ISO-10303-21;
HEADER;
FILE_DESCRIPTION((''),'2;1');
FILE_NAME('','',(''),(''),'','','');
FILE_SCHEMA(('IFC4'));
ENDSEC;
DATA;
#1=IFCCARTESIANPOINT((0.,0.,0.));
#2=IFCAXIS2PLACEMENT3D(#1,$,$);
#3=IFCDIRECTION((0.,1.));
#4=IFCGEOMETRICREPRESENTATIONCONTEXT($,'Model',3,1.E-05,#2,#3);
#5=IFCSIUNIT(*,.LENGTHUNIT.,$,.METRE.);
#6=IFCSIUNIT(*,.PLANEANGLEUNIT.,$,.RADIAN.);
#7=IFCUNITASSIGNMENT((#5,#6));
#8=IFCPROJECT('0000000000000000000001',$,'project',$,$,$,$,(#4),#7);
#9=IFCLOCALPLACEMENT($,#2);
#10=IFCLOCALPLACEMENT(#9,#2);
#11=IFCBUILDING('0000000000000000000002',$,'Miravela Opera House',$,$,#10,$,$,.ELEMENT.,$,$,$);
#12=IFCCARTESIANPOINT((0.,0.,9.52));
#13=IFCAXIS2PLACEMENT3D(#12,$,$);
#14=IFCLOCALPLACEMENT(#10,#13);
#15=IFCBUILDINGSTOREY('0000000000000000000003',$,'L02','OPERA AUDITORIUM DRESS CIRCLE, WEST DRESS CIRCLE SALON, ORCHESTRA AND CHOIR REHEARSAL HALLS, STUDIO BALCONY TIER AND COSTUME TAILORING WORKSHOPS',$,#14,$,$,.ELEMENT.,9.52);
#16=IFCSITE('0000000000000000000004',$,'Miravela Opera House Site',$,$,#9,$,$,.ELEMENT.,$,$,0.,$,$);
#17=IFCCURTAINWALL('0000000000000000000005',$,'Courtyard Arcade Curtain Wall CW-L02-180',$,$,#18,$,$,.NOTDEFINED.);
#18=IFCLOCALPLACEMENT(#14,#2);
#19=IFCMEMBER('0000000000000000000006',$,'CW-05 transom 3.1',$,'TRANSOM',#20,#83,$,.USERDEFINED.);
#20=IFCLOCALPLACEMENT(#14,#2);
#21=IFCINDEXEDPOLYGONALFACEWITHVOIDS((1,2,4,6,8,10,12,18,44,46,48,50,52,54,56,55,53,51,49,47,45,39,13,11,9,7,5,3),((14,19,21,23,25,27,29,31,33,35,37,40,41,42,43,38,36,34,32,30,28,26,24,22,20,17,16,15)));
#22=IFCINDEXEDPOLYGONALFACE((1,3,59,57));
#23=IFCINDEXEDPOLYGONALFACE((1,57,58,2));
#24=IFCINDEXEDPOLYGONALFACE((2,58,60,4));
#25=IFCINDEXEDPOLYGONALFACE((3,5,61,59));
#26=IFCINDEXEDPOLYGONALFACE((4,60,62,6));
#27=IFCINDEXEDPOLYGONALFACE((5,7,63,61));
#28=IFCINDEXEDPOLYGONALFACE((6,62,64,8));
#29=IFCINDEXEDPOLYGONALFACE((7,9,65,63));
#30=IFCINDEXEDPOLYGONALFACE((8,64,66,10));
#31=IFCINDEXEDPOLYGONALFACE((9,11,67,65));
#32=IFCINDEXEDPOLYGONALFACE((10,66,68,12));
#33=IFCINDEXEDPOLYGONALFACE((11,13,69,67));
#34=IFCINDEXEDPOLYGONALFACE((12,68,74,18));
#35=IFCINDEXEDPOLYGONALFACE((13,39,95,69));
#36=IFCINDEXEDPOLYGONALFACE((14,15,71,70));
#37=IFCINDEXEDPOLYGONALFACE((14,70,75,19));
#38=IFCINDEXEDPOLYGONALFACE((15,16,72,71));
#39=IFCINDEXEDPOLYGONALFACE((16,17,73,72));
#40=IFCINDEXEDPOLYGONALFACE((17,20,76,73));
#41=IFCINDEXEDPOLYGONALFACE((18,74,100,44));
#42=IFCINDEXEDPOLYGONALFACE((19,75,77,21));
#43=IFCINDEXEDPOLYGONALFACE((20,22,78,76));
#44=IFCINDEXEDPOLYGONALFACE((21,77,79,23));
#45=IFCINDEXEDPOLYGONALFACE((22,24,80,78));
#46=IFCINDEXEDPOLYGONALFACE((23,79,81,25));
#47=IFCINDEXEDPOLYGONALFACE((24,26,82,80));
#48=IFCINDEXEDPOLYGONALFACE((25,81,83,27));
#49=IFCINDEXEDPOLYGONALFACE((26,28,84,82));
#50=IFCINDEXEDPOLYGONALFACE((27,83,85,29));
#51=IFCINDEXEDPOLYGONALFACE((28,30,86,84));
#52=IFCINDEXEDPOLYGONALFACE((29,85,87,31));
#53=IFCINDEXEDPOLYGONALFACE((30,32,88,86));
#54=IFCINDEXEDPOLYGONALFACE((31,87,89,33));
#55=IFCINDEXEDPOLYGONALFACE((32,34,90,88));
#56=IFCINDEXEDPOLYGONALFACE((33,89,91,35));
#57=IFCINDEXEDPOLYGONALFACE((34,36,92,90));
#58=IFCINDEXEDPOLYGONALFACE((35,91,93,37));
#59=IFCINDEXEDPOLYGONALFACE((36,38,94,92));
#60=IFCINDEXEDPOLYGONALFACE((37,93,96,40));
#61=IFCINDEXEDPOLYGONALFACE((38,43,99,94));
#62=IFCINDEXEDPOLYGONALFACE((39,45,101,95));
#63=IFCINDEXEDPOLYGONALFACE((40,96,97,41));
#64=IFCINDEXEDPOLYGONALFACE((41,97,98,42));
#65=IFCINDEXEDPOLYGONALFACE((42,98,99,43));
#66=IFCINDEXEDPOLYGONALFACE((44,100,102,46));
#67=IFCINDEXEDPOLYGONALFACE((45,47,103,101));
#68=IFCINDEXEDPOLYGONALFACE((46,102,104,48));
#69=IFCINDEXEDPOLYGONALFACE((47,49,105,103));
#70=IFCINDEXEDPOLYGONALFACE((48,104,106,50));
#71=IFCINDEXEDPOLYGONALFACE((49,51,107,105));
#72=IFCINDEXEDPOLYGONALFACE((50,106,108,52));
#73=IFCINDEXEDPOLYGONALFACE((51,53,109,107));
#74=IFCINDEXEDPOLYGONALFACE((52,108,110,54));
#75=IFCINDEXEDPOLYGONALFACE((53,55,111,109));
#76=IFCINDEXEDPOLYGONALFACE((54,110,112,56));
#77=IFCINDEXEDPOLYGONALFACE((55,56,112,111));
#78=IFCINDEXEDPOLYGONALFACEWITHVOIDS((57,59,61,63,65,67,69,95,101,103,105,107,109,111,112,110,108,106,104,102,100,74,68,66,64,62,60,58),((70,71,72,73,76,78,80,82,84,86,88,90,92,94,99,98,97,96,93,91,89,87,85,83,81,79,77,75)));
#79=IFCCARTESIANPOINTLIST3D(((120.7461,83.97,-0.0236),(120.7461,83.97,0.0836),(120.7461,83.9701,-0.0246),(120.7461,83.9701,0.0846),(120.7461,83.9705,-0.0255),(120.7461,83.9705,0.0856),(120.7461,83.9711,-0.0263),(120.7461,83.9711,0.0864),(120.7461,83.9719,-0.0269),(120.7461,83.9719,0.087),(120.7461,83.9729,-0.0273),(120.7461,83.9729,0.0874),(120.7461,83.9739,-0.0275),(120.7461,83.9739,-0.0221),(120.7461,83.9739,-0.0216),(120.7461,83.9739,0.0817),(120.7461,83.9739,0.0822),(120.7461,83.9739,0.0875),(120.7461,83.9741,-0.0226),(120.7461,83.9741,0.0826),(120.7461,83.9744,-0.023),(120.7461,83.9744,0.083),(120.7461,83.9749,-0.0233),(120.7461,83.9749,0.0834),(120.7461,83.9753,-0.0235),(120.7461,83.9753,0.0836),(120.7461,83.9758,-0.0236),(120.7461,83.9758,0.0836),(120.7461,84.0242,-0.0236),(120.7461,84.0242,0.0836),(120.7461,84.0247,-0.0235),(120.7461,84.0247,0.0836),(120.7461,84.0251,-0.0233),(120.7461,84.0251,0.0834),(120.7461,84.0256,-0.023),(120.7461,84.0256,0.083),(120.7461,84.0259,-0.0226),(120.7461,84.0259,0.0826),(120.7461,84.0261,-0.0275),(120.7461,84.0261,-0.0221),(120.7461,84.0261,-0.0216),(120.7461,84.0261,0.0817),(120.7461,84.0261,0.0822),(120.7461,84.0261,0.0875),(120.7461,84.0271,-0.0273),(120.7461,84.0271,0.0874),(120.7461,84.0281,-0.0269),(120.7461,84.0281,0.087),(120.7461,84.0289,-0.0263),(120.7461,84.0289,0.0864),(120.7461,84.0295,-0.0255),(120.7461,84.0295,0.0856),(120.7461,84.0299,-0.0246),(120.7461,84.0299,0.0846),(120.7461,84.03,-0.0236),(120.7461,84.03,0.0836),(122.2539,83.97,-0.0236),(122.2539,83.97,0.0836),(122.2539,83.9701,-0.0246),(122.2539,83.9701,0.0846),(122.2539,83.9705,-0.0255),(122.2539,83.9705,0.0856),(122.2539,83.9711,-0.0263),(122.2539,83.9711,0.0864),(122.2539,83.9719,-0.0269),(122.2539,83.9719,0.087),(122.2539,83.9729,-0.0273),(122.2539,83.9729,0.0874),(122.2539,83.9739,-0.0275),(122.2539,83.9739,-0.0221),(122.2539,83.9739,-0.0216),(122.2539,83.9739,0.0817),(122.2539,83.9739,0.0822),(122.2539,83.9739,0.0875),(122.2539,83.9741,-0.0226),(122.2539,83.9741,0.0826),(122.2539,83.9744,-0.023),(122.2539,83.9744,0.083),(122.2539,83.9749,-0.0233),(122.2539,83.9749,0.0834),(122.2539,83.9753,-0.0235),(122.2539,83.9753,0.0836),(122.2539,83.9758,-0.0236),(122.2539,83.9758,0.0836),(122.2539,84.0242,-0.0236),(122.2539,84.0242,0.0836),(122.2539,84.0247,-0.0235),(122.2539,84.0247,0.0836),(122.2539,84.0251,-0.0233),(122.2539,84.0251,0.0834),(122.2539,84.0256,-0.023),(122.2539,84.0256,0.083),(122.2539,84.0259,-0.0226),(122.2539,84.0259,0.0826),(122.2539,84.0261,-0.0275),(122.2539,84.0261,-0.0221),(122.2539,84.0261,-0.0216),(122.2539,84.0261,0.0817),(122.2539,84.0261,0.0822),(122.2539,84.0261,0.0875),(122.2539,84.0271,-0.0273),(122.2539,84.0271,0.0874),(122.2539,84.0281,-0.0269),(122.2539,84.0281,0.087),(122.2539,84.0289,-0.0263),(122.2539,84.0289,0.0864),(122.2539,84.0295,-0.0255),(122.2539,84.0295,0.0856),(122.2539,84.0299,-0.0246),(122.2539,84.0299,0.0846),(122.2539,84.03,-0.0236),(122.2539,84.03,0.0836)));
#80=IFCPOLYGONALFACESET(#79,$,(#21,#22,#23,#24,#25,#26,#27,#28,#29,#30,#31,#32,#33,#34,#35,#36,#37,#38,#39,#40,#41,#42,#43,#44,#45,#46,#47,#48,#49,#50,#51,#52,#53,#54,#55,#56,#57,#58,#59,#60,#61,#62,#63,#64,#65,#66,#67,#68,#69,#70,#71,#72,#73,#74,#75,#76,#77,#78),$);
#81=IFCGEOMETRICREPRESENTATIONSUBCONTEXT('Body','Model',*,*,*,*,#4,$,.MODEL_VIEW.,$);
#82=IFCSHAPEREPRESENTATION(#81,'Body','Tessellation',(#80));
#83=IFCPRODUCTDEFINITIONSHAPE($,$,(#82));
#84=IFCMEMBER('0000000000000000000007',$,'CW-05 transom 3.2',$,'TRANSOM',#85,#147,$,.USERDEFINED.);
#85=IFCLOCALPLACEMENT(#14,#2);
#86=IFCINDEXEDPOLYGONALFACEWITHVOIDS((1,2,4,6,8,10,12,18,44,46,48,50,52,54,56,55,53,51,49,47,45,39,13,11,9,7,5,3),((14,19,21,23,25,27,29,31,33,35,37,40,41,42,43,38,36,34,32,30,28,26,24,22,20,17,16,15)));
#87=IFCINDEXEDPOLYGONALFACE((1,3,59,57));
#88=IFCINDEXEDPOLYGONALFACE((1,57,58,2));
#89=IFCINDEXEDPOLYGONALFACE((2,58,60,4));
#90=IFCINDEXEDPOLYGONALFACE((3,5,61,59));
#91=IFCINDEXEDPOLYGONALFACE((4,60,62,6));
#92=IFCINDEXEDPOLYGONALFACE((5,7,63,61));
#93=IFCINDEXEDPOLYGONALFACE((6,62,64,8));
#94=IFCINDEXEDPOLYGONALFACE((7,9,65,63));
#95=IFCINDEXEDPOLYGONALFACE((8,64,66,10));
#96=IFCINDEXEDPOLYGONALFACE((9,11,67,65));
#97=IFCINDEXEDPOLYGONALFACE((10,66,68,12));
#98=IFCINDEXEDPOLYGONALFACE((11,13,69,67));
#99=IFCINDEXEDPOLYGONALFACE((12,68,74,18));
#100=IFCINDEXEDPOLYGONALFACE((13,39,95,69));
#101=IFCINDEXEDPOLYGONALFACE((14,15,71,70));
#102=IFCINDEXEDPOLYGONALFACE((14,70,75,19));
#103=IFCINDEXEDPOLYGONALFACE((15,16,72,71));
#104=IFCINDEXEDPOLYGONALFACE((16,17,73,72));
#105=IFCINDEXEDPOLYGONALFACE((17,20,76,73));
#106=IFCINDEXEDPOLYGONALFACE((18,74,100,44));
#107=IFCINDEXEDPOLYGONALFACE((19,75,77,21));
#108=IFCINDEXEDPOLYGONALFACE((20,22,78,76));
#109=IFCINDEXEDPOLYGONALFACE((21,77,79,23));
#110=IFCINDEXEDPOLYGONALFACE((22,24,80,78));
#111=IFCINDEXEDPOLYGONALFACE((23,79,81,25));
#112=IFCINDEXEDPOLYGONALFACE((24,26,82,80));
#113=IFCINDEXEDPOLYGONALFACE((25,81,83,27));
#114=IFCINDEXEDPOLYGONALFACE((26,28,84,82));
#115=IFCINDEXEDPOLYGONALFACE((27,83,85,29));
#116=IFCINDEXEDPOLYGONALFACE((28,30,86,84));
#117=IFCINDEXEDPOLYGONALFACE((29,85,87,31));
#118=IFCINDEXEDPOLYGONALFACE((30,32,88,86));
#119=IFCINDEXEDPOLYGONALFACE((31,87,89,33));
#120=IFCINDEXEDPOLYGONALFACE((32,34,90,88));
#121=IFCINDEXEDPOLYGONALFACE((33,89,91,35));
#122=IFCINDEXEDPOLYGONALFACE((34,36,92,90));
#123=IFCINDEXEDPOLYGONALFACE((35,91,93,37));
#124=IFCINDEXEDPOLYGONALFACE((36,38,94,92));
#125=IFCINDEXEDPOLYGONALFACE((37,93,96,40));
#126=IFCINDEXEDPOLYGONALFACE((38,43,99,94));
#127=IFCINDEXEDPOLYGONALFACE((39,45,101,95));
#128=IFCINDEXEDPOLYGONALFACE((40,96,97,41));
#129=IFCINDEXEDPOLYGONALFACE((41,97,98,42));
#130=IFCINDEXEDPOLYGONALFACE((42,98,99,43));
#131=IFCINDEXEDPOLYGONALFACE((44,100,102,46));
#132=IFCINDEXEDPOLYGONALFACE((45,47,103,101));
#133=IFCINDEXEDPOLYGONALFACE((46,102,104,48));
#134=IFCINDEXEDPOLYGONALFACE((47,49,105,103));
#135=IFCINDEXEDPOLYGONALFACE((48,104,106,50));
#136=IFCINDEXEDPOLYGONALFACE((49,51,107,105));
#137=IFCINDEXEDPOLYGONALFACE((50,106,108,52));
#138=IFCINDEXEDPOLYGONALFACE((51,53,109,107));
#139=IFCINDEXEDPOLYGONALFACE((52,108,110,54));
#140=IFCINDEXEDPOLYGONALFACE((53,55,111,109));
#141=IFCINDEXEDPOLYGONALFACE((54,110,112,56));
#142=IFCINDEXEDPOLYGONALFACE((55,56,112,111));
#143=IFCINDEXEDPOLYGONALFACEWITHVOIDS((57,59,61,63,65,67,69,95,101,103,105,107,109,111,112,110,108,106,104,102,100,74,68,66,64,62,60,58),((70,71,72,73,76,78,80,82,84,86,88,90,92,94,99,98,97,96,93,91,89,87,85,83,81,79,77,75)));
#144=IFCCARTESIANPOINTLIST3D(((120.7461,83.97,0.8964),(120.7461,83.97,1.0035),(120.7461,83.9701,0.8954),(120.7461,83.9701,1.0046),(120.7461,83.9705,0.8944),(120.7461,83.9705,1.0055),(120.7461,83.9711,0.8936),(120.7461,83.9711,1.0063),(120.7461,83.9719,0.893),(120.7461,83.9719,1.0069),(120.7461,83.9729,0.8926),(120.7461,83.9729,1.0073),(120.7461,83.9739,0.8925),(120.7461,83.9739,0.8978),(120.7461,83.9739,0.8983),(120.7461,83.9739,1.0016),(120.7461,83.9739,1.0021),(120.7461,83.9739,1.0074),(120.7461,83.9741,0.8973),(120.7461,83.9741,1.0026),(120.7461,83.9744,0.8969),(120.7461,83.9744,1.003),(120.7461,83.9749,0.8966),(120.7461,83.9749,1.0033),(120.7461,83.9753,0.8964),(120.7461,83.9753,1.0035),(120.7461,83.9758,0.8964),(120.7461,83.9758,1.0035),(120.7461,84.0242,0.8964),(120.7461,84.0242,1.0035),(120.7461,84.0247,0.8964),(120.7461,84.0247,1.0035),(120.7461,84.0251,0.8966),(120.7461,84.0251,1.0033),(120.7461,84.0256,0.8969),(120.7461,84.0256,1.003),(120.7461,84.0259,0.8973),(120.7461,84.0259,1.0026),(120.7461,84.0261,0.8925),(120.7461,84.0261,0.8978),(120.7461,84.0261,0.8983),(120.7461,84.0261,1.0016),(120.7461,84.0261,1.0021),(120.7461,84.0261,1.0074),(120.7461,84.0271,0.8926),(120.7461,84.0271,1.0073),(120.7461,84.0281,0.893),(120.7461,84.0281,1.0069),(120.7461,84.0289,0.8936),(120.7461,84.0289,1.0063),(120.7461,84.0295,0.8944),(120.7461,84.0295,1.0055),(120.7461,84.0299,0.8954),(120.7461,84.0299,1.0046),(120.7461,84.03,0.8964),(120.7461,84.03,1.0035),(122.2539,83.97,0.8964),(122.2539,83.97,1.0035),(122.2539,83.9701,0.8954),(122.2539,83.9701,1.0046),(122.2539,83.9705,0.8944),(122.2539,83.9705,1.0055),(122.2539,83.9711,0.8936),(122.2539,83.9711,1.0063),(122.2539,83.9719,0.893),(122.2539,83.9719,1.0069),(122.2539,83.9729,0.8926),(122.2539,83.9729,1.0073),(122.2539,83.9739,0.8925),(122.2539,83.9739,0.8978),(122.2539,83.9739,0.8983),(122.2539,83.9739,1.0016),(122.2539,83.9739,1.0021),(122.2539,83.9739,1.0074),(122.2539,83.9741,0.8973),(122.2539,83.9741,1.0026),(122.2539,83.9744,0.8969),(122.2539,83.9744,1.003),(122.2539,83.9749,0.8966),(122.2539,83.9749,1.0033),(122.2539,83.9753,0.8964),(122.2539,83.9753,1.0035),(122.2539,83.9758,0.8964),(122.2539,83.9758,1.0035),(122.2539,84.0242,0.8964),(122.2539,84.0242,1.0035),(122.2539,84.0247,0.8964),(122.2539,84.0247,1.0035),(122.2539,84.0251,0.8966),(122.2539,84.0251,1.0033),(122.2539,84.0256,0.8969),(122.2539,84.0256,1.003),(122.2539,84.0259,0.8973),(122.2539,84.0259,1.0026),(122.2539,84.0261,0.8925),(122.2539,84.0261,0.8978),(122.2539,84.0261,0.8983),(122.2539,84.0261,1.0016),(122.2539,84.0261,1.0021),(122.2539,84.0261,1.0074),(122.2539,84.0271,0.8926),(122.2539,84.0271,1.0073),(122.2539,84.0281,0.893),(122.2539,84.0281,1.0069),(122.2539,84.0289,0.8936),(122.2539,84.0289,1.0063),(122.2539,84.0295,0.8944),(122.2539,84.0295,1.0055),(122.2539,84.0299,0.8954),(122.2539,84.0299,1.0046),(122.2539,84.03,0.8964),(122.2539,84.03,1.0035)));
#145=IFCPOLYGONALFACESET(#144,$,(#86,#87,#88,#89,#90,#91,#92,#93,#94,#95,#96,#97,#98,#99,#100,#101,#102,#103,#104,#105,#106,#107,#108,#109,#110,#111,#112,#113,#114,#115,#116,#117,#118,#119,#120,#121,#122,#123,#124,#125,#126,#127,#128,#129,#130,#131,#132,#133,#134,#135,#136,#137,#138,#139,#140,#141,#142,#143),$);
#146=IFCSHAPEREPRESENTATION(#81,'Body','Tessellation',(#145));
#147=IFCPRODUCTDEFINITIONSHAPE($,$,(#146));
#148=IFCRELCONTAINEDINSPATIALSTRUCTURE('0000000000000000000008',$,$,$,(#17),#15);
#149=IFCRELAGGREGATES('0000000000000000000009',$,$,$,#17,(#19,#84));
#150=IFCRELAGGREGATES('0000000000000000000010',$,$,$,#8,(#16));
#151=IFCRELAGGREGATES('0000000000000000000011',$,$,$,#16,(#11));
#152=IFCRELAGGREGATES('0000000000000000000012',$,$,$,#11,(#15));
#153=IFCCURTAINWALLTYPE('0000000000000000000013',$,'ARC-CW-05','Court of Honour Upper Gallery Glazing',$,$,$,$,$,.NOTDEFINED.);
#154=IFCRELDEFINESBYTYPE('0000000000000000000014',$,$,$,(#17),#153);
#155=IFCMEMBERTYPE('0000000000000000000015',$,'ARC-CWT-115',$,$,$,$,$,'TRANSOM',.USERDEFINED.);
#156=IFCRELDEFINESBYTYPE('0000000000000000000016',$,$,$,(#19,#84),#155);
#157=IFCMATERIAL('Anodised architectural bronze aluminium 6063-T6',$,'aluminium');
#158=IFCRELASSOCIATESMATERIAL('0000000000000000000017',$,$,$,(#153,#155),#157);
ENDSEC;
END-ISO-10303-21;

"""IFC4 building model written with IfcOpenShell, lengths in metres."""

from ifc_helpers import new_model, si_unit, direction, frame, origin, origin_2d, place, context, subcontext, project, spatial, hollow_rectangle, extrude, material, material_profile, profile_set, type_object, element, aggregate, save


model = new_model("IFC4")

# Units and contexts
model_context = context("Model", 3, precision=1e-05, world=origin(), true_north=direction((0.0, 1.0)))
body_context = subcontext(model_context, "Body", "Model", "MODEL_VIEW")
ifc_project = project(units=[si_unit("LENGTHUNIT", "METRE"), si_unit("PLANEANGLEUNIT", "RADIAN")], contexts=[model_context])

# Site, building, storey
site_placement = place(None, origin())
site = spatial("IfcSite", under=ifc_project, at=site_placement, Name="Miravela Opera House Site", CompositionType="ELEMENT", RefElevation=0.0)
building_placement = place(site_placement, origin())
building = spatial("IfcBuilding", under=site, at=building_placement, Name="Miravela Opera House", CompositionType="ELEMENT")
storey_placement = place(building_placement, frame((0.0, 0.0, 9.52)))
storey = spatial("IfcBuildingStorey", under=building, at=storey_placement, Name="L02", Description="OPERA AUDITORIUM DRESS CIRCLE, WEST DRESS CIRCLE SALON, ORCHESTRA AND CHOIR REHEARSAL HALLS, STUDIO BALCONY TIER AND COSTUME TAILORING WORKSHOPS", CompositionType="ELEMENT", Elevation=9.52)

# Curtain wall, members
ifc_material_1 = material(Name="Anodised architectural bronze aluminium 6063-T6", Category="aluminium")
curtain_wall_type = type_object("IfcCurtainWallType", Name="ARC-CW-05", Description="Court of Honour Upper Gallery Glazing", PredefinedType="NOTDEFINED", material=ifc_material_1)
curtain_wall_placement = place(storey_placement, origin())
curtain_wall = element("IfcCurtainWall", 1, at=curtain_wall_placement, inside=storey, type_object=curtain_wall_type, Name="Courtyard Arcade Curtain Wall CW-L02-180", PredefinedType="NOTDEFINED")
ifc_material_profile_1 = material_profile(ifc_material_1, hollow_rectangle(XDim=0.0601, YDim=0.115, WallThickness=0.0039, InnerFilletRadius=0.002, OuterFilletRadius=0.0039, at=origin_2d()), Name="CWT-60X115")
ifc_profile_set_1 = profile_set([ifc_material_profile_1])
member_type_1 = type_object("IfcMemberType", Name="ARC-CWT-115", ElementType="TRANSOM", PredefinedType="USERDEFINED", material=ifc_profile_set_1)
member_1_placement = place(storey_placement, frame((120.7461, 84.0, 0.03), z_axis=(1.0, 0.0, 0.0), x_axis=(0.0, 1.0, 0.0)))
member_1 = element("IfcMember", 2, at=member_1_placement, type_object=member_type_1, Name="CW-05 transom 3.1", ObjectType="TRANSOM", PredefinedType="USERDEFINED", context=body_context, shape_type="SweptSolid", body=[
    extrude(hollow_rectangle(XDim=0.0601, YDim=0.115, WallThickness=0.0039, InnerFilletRadius=0.002, OuterFilletRadius=0.0039, at=origin_2d()), origin(), (0.0, 0.0, 1.0), 1.5078),
])
member_2_placement = place(storey_placement, frame((120.7461, 84.0, 0.95), z_axis=(1.0, 0.0, 0.0), x_axis=(0.0, 1.0, 0.0)))
member_2 = element("IfcMember", 3, at=member_2_placement, type_object=member_type_1, Name="CW-05 transom 3.2", ObjectType="TRANSOM", PredefinedType="USERDEFINED", context=body_context, shape_type="SweptSolid", body=[
    extrude(hollow_rectangle(XDim=0.0601, YDim=0.115, WallThickness=0.0039, InnerFilletRadius=0.002, OuterFilletRadius=0.0039, at=origin_2d()), origin(), (0.0, 0.0, 1.0), 1.5078),
])
aggregate(curtain_wall, [member_1, member_2])

save(model, "model.ifc")
